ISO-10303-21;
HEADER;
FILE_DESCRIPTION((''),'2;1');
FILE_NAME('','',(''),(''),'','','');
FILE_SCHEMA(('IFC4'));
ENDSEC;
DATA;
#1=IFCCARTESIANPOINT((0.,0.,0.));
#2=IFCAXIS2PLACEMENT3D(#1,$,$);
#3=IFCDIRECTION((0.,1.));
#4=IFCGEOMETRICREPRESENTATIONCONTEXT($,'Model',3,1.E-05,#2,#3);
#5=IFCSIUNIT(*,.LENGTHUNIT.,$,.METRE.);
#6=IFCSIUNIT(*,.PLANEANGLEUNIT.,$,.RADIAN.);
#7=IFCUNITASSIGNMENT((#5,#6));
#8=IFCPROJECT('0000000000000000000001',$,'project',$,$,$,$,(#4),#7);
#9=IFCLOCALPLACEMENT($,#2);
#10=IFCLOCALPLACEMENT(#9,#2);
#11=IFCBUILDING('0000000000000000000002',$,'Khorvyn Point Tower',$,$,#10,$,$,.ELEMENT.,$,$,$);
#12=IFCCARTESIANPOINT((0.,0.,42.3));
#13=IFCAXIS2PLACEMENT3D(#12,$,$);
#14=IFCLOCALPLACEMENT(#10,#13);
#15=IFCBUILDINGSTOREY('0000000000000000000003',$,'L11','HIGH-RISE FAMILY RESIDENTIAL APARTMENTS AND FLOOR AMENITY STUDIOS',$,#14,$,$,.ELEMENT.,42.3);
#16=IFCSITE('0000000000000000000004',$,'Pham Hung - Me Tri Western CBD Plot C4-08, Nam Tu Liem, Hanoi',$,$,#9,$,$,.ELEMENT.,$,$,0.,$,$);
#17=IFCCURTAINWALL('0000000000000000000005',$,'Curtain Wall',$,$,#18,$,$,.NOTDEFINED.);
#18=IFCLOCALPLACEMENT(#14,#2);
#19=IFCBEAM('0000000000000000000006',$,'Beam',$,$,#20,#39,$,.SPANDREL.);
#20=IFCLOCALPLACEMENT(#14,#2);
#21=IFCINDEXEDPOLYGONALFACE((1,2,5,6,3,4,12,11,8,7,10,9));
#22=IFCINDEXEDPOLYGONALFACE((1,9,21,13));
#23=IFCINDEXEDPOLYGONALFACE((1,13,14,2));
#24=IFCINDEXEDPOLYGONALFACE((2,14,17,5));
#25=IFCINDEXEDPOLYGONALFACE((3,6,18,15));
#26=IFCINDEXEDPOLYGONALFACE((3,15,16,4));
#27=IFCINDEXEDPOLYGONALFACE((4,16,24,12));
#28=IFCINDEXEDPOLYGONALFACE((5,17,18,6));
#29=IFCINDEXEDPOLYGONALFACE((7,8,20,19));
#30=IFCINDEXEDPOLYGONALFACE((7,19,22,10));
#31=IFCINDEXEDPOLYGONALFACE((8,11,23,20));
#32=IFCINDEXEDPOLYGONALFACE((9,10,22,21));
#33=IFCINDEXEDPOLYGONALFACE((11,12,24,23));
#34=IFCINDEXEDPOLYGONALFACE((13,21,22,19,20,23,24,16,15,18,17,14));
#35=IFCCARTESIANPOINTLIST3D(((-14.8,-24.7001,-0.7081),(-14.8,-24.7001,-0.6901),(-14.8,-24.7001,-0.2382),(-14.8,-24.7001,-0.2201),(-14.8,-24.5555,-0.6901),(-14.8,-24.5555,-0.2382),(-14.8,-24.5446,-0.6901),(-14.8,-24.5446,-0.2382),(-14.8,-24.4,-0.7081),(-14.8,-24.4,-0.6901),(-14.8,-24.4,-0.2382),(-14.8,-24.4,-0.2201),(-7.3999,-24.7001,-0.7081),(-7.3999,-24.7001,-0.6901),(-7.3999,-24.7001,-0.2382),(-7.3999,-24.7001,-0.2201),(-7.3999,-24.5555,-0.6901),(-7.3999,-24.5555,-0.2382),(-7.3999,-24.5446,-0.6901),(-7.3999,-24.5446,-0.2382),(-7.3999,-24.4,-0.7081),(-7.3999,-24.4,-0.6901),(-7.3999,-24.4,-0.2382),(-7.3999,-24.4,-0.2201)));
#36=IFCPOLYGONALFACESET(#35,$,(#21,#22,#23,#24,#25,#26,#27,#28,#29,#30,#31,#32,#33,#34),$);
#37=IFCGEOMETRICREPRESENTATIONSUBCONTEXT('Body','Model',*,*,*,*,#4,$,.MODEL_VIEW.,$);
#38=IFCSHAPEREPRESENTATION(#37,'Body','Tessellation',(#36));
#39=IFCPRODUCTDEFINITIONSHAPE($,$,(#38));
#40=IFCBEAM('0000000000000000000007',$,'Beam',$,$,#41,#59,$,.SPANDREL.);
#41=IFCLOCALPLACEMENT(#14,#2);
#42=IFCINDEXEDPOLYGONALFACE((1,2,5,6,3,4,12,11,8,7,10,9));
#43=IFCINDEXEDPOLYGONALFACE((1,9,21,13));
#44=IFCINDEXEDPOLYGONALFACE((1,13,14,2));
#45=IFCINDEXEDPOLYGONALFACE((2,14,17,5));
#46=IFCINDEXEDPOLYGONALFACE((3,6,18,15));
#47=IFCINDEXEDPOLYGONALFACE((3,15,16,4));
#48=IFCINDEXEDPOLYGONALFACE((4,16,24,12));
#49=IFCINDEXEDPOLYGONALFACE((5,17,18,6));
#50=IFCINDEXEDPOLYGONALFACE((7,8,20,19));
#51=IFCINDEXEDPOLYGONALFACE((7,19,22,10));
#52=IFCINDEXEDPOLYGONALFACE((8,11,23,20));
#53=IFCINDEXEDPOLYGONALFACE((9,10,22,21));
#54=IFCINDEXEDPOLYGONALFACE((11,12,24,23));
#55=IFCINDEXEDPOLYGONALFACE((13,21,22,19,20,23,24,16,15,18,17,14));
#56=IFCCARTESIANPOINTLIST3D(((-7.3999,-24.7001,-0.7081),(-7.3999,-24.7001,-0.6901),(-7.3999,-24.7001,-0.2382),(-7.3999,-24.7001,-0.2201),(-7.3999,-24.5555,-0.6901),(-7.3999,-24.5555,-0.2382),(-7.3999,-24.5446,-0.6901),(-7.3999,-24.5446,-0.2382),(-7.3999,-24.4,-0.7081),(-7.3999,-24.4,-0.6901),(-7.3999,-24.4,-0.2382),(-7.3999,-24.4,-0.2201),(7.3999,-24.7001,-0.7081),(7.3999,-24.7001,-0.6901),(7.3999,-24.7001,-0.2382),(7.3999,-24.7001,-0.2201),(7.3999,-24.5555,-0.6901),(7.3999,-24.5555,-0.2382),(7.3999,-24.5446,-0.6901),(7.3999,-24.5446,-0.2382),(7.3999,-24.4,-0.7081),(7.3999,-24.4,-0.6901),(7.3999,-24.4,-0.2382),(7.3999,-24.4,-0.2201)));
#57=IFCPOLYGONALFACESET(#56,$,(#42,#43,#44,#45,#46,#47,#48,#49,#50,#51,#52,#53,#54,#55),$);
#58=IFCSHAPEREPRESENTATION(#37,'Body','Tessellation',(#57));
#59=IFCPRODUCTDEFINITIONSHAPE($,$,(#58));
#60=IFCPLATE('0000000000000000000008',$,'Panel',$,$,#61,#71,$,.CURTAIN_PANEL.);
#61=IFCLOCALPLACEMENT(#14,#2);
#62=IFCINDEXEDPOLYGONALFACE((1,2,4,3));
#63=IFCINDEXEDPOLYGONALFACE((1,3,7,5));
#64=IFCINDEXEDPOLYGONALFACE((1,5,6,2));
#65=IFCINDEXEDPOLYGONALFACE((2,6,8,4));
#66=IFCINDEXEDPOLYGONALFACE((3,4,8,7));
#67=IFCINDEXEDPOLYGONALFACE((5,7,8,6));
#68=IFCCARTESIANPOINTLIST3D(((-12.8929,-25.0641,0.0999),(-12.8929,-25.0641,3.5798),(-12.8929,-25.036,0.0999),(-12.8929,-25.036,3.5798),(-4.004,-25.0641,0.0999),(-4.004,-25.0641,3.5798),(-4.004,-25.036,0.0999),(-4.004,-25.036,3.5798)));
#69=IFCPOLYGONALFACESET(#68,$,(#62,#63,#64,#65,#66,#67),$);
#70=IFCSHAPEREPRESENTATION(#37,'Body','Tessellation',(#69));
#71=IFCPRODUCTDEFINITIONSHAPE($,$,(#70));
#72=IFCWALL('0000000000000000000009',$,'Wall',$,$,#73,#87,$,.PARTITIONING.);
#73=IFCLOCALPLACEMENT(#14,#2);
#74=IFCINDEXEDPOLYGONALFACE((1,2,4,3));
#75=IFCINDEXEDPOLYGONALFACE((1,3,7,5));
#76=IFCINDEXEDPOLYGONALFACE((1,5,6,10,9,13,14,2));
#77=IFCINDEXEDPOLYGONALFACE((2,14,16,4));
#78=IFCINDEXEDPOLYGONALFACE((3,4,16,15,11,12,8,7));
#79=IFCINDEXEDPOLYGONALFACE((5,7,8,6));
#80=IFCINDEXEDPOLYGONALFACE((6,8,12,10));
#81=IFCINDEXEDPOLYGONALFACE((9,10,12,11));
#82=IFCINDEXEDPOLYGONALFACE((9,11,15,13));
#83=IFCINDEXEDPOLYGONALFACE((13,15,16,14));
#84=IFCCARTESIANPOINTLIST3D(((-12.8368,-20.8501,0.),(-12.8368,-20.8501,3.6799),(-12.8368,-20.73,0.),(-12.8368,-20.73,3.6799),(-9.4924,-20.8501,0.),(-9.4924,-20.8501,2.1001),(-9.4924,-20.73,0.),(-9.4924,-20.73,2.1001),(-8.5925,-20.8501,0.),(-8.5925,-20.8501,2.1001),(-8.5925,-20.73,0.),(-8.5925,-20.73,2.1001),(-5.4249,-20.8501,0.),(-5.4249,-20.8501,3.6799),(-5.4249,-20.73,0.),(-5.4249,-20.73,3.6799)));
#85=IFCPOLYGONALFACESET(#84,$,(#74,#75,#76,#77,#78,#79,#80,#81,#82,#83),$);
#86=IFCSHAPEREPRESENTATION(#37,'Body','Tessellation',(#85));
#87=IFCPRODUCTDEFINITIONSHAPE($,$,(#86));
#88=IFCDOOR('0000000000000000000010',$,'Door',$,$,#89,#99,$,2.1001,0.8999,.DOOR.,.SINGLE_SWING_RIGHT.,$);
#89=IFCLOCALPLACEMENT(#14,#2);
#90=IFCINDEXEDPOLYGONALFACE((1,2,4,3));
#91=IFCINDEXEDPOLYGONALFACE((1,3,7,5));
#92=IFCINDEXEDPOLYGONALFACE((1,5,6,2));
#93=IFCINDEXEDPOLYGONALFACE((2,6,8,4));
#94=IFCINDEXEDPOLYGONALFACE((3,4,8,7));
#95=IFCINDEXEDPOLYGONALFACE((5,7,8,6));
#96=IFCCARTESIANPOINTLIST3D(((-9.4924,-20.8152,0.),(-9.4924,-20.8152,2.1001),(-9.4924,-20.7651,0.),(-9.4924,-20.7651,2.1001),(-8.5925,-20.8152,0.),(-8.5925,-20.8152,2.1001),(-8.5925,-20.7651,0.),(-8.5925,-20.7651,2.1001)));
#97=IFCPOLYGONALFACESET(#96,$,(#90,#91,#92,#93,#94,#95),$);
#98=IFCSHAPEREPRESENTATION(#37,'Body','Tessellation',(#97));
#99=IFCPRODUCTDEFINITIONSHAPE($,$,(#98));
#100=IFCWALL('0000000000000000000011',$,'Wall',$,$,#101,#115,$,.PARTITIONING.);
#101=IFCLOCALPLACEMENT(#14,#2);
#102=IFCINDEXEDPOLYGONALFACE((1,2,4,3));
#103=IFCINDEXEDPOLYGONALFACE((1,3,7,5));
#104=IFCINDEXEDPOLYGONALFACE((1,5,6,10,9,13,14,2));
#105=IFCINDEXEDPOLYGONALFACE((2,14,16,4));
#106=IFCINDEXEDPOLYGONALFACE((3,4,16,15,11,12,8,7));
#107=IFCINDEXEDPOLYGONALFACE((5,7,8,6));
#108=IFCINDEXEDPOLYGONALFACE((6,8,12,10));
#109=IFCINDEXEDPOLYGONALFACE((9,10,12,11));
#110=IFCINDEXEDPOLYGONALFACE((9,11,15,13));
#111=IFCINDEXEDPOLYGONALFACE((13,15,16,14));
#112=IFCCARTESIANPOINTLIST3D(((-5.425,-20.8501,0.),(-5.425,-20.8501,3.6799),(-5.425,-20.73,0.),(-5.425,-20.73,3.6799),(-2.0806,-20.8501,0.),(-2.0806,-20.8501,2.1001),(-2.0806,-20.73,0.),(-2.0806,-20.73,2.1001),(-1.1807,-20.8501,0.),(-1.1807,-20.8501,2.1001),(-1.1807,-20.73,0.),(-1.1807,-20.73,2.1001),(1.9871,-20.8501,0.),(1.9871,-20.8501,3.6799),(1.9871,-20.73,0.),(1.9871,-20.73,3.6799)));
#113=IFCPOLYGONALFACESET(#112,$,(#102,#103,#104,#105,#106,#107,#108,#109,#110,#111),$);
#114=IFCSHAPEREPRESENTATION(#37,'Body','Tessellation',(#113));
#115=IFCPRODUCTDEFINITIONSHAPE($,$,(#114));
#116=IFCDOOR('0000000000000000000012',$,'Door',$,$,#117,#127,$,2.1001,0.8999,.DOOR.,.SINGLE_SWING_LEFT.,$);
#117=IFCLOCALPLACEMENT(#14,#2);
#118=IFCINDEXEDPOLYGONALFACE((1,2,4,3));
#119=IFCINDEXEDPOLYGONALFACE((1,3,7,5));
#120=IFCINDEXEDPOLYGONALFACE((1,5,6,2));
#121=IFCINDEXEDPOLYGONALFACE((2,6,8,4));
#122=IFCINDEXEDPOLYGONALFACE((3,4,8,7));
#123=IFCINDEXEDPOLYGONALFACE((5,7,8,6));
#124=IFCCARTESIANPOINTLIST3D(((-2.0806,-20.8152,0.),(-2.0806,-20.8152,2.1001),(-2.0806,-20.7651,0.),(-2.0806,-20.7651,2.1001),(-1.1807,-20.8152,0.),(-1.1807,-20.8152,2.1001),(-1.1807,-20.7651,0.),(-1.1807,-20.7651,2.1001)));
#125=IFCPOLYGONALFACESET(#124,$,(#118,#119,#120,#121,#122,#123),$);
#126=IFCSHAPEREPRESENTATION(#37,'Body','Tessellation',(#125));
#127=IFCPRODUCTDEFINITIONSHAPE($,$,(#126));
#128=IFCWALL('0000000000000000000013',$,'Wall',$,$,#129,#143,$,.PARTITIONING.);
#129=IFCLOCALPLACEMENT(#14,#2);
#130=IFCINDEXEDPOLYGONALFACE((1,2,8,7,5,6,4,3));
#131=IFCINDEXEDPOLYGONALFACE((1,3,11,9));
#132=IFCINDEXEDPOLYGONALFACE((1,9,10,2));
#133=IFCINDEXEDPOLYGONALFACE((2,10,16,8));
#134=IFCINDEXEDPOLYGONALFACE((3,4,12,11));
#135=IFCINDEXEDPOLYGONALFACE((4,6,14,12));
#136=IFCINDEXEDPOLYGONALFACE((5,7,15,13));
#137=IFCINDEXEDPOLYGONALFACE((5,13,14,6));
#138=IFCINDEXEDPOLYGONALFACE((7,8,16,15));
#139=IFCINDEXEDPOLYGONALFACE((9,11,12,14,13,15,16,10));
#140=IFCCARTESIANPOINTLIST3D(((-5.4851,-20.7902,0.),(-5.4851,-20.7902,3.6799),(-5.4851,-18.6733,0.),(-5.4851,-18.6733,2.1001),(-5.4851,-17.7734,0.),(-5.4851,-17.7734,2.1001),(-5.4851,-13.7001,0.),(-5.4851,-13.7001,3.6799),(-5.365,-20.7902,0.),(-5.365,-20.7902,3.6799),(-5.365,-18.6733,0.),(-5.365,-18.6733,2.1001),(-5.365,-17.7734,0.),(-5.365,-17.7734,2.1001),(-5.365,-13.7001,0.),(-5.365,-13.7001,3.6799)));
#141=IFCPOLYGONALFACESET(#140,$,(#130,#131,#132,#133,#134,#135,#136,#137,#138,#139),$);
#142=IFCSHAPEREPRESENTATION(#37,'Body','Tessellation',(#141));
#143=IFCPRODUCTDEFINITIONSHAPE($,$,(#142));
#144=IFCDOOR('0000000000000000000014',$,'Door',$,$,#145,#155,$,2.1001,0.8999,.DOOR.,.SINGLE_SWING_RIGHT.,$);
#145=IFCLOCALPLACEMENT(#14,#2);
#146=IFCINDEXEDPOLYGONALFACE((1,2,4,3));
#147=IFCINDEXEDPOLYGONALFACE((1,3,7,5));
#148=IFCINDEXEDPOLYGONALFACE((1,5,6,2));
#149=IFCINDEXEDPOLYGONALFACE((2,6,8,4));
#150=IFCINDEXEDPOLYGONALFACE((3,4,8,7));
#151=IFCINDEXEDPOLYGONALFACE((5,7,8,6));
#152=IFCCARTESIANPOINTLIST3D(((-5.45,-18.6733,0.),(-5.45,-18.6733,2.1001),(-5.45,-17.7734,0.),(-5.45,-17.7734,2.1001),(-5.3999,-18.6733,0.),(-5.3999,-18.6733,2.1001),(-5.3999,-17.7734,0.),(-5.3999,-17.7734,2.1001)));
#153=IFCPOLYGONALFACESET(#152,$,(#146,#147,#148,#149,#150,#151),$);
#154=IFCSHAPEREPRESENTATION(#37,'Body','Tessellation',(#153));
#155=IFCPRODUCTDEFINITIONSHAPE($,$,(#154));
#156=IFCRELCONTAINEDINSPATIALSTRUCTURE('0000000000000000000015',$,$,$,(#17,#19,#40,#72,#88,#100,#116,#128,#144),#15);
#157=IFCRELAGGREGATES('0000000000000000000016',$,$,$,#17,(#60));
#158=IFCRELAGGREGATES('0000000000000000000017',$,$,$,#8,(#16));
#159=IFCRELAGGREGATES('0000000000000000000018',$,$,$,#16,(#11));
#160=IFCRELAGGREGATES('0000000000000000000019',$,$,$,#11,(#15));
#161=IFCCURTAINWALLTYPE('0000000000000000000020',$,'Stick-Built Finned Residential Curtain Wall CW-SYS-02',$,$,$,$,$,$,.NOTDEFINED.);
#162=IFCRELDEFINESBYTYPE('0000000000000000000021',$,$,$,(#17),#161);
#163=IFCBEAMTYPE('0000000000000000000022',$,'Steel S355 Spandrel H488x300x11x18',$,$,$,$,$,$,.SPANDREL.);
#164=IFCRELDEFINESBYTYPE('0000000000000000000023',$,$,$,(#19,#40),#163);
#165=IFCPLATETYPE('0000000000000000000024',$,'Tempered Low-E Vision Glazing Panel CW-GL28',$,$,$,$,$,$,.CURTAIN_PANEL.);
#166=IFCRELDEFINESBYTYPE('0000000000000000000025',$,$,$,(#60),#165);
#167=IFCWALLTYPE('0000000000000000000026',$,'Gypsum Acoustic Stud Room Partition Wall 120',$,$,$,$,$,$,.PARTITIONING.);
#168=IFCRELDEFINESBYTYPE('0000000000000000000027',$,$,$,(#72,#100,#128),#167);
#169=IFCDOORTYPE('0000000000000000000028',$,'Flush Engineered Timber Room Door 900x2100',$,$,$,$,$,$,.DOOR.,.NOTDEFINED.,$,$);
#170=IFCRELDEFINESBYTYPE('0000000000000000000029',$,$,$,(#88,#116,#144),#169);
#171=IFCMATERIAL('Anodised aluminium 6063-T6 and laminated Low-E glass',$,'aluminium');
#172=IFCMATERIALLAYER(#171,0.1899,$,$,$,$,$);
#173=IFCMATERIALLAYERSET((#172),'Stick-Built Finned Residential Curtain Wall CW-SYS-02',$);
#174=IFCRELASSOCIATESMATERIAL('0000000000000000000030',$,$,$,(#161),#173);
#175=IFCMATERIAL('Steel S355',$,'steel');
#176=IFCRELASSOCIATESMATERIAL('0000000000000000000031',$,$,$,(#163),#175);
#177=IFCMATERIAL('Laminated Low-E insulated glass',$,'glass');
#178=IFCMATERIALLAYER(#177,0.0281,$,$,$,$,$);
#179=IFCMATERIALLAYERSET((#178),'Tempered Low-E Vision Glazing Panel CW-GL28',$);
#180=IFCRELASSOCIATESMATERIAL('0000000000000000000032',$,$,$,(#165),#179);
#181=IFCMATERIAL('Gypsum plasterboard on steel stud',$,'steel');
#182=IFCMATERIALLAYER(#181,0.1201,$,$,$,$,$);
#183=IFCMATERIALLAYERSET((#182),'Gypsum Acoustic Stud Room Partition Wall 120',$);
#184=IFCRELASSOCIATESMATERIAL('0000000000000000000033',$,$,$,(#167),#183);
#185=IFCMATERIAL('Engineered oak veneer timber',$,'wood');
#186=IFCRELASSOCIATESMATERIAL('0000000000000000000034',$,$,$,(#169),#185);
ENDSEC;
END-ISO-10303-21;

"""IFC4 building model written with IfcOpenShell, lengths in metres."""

from ifc_helpers import new_model, si_unit, direction, frame, frame_2d, origin, origin_2d, place, context, subcontext, project, spatial, rectangle, i_section, extrude, material, layer, layer_set, material_profile, profile_set, type_object, element, fill, aggregate, save


model = new_model("IFC4")

# Units and contexts
model_context = context("Model", 3, precision=1e-05, world=origin(), true_north=direction((0.0, 1.0)))
body_context = subcontext(model_context, "Body", "Model", "MODEL_VIEW")
ifc_project = project(units=[si_unit("LENGTHUNIT", "METRE"), si_unit("PLANEANGLEUNIT", "RADIAN")], contexts=[model_context])

# Site, building, storey
site_placement = place(None, origin())
site = spatial("IfcSite", under=ifc_project, at=site_placement, Name="Pham Hung - Me Tri Western CBD Plot C4-08, Nam Tu Liem, Hanoi", CompositionType="ELEMENT", RefElevation=0.0)
building_placement = place(site_placement, origin())
building = spatial("IfcBuilding", under=site, at=building_placement, Name="Khorvyn Point Tower", CompositionType="ELEMENT")
storey_placement = place(building_placement, frame((0.0, 0.0, 42.3)))
storey = spatial("IfcBuildingStorey", under=building, at=storey_placement, Name="L11", Description="HIGH-RISE FAMILY RESIDENTIAL APARTMENTS AND FLOOR AMENITY STUDIOS", CompositionType="ELEMENT", Elevation=42.3)

# Curtain wall
ifc_material_1 = material(Name="Anodised aluminium 6063-T6 and laminated Low-E glass", Category="aluminium")
ifc_layer_1 = layer(ifc_material_1, 0.1899)
ifc_layer_set_1 = layer_set([ifc_layer_1], Name="Stick-Built Finned Residential Curtain Wall CW-SYS-02")
curtain_wall_type = type_object("IfcCurtainWallType", Name="Stick-Built Finned Residential Curtain Wall CW-SYS-02", PredefinedType="NOTDEFINED", material=ifc_layer_set_1)
curtain_wall_placement = place(storey_placement, origin())
curtain_wall = element("IfcCurtainWall", 1, at=curtain_wall_placement, inside=storey, type_object=curtain_wall_type, Name="Curtain Wall", PredefinedType="NOTDEFINED")

# Beams
ifc_material_2 = material(Name="Steel S355", Category="steel")
ifc_material_profile_1 = material_profile(ifc_material_2, i_section(OverallWidth=0.3, OverallDepth=0.488, WebThickness=0.011, FlangeThickness=0.0181, at=origin_2d()))
ifc_profile_set_1 = profile_set([ifc_material_profile_1], Name="Steel S355 H488x300x11x18")
beam_type_1 = type_object("IfcBeamType", Name="Steel S355 Spandrel H488x300x11x18", PredefinedType="SPANDREL", material=ifc_profile_set_1)
beam_1_placement = place(storey_placement, frame((-14.8, -24.55, -0.4641), z_axis=(1.0, 0.0, 0.0), x_axis=(0.0, 1.0, 0.0)))
element("IfcBeam", 2, at=beam_1_placement, inside=storey, type_object=beam_type_1, Name="Beam", PredefinedType="SPANDREL", context=body_context, shape_type="SweptSolid", body=[
    extrude(i_section(OverallWidth=0.3, OverallDepth=0.488, WebThickness=0.011, FlangeThickness=0.0181, at=origin_2d()), origin(), (0.0, 0.0, 1.0), 7.4001),
])
beam_2_placement = place(storey_placement, frame((-7.3999, -24.55, -0.4641), z_axis=(1.0, 0.0, 0.0), x_axis=(0.0, 1.0, 0.0)))
element("IfcBeam", 3, at=beam_2_placement, inside=storey, type_object=beam_type_1, Name="Beam", PredefinedType="SPANDREL", context=body_context, shape_type="SweptSolid", body=[
    extrude(i_section(OverallWidth=0.3, OverallDepth=0.488, WebThickness=0.011, FlangeThickness=0.0181, at=origin_2d()), origin(), (0.0, 0.0, 1.0), 14.7998),
])

# Plate
ifc_material_3 = material(Name="Laminated Low-E insulated glass", Category="glass")
ifc_layer_2 = layer(ifc_material_3, 0.0281)
ifc_layer_set_2 = layer_set([ifc_layer_2], Name="Tempered Low-E Vision Glazing Panel CW-GL28")
plate_type = type_object("IfcPlateType", Name="Tempered Low-E Vision Glazing Panel CW-GL28", PredefinedType="CURTAIN_PANEL", material=ifc_layer_set_2)
plate_placement = place(storey_placement, frame((-8.4485, -25.05, 0.0999), z_axis=(0.0, 0.0, 1.0), x_axis=(-1.0, 0.0, 0.0)))
plate = element("IfcPlate", 4, at=plate_placement, type_object=plate_type, Name="Panel", PredefinedType="CURTAIN_PANEL", context=body_context, shape_type="SweptSolid", body=[
    extrude(rectangle(XDim=8.8889, YDim=0.0281, at=origin_2d()), origin(), (0.0, 0.0, 1.0), 3.48),
])
aggregate(curtain_wall, [plate])

# Walls, openings, doors
ifc_material_4 = material(Name="Gypsum plasterboard on steel stud", Category="steel")
ifc_layer_3 = layer(ifc_material_4, 0.1201)
ifc_layer_set_3 = layer_set([ifc_layer_3], Name="Gypsum Acoustic Stud Room Partition Wall 120")
wall_type_1 = type_object("IfcWallType", Name="Gypsum Acoustic Stud Room Partition Wall 120", PredefinedType="PARTITIONING", material=ifc_layer_set_3)
wall_1_placement = place(storey_placement, frame((-12.8369, -20.79, 0.0), z_axis=(0.0, 0.0, 1.0), x_axis=(1.0, 0.0, 0.0)))
wall_1 = element("IfcWall", 5, at=wall_1_placement, inside=storey, type_object=wall_type_1, Name="Wall", PredefinedType="PARTITIONING", context=body_context, shape_type="SweptSolid", body=[
    extrude(rectangle(XDim=7.4119, YDim=0.1201, at=frame_2d((3.7061, 0.0))), origin(), (0.0, 0.0, 1.0), 3.6799),
])
opening_1_placement = place(wall_1_placement, frame((3.3445, 0.0, 0.0)))
opening_1 = element("IfcOpeningElement", 6, at=opening_1_placement, cuts=wall_1, PredefinedType="OPENING", context=body_context, shape_type="SweptSolid", body=[
    extrude(rectangle(XDim=0.8999, YDim=2.1001, at=frame_2d((0.45, 1.05))), frame((0.0, 0.0701, 0.0), z_axis=(0.0, -1.0, 0.0), x_axis=(1.0, 0.0, 0.0)), (0.0, 0.0, 1.0), 0.1401),
])
ifc_material_5 = material(Name="Engineered oak veneer timber", Category="wood")
door_type_1 = type_object("IfcDoorType", Name="Flush Engineered Timber Room Door 900x2100", OperationType="NOTDEFINED", PredefinedType="DOOR", material=ifc_material_5)
door_1_placement = place(opening_1_placement, origin())
door_1 = element("IfcDoor", 7, at=door_1_placement, inside=storey, type_object=door_type_1, Name="Door", OperationType="SINGLE_SWING_RIGHT", OverallHeight=2.1001, OverallWidth=0.8999, PredefinedType="DOOR", context=body_context, shape_type="SweptSolid", body=[
    extrude(rectangle(XDim=0.8999, YDim=2.1001, at=frame_2d((0.45, 1.05))), frame((0.0, 0.0249, 0.0), z_axis=(0.0, -1.0, 0.0), x_axis=(1.0, 0.0, 0.0)), (0.0, 0.0, 1.0), 0.05),
])
fill(opening_1, door_1)
wall_2_placement = place(storey_placement, frame((-5.425, -20.79, 0.0), z_axis=(0.0, 0.0, 1.0), x_axis=(1.0, 0.0, 0.0)))
wall_2 = element("IfcWall", 8, at=wall_2_placement, inside=storey, type_object=wall_type_1, Name="Wall", PredefinedType="PARTITIONING", context=body_context, shape_type="SweptSolid", body=[
    extrude(rectangle(XDim=7.4121, YDim=0.1201, at=frame_2d((3.7061, 0.0))), origin(), (0.0, 0.0, 1.0), 3.6799),
])
opening_2_placement = place(wall_2_placement, frame((3.3445, 0.0, 0.0)))
opening_2 = element("IfcOpeningElement", 9, at=opening_2_placement, cuts=wall_2, PredefinedType="OPENING", context=body_context, shape_type="SweptSolid", body=[
    extrude(rectangle(XDim=0.8999, YDim=2.1001, at=frame_2d((0.45, 1.05))), frame((0.0, 0.0701, 0.0), z_axis=(0.0, -1.0, 0.0), x_axis=(1.0, 0.0, 0.0)), (0.0, 0.0, 1.0), 0.1401),
])
door_2_placement = place(opening_2_placement, origin())
door_2 = element("IfcDoor", 10, at=door_2_placement, inside=storey, type_object=door_type_1, Name="Door", OperationType="SINGLE_SWING_LEFT", OverallHeight=2.1001, OverallWidth=0.8999, PredefinedType="DOOR", context=body_context, shape_type="SweptSolid", body=[
    extrude(rectangle(XDim=0.8999, YDim=2.1001, at=frame_2d((0.45, 1.05))), frame((0.0, 0.0249, 0.0), z_axis=(0.0, -1.0, 0.0), x_axis=(1.0, 0.0, 0.0)), (0.0, 0.0, 1.0), 0.05),
])
fill(opening_2, door_2)
wall_3_placement = place(storey_placement, frame((-5.425, -20.79, 0.0), z_axis=(0.0, 0.0, 1.0), x_axis=(0.0, 1.0, 0.0)))
wall_3 = element("IfcWall", 11, at=wall_3_placement, inside=storey, type_object=wall_type_1, Name="Wall", PredefinedType="PARTITIONING", context=body_context, shape_type="SweptSolid", body=[
    extrude(rectangle(XDim=7.0901, YDim=0.1201, at=frame_2d((3.5449, 0.0))), origin(), (0.0, 0.0, 1.0), 3.6799),
])
opening_3_placement = place(wall_3_placement, frame((2.1167, 0.0, 0.0)))
opening_3 = element("IfcOpeningElement", 12, at=opening_3_placement, cuts=wall_3, PredefinedType="OPENING", context=body_context, shape_type="SweptSolid", body=[
    extrude(rectangle(XDim=0.8999, YDim=2.1001, at=frame_2d((0.45, 1.05))), frame((0.0, 0.0701, 0.0), z_axis=(0.0, -1.0, 0.0), x_axis=(1.0, 0.0, 0.0)), (0.0, 0.0, 1.0), 0.1401),
])
door_3_placement = place(opening_3_placement, origin())
door_3 = element("IfcDoor", 13, at=door_3_placement, inside=storey, type_object=door_type_1, Name="Door", OperationType="SINGLE_SWING_RIGHT", OverallHeight=2.1001, OverallWidth=0.8999, PredefinedType="DOOR", context=body_context, shape_type="SweptSolid", body=[
    extrude(rectangle(XDim=0.8999, YDim=2.1001, at=frame_2d((0.45, 1.05))), frame((0.0, 0.0249, 0.0), z_axis=(0.0, -1.0, 0.0), x_axis=(1.0, 0.0, 0.0)), (0.0, 0.0, 1.0), 0.05),
])
fill(opening_3, door_3)

save(model, "model.ifc")
